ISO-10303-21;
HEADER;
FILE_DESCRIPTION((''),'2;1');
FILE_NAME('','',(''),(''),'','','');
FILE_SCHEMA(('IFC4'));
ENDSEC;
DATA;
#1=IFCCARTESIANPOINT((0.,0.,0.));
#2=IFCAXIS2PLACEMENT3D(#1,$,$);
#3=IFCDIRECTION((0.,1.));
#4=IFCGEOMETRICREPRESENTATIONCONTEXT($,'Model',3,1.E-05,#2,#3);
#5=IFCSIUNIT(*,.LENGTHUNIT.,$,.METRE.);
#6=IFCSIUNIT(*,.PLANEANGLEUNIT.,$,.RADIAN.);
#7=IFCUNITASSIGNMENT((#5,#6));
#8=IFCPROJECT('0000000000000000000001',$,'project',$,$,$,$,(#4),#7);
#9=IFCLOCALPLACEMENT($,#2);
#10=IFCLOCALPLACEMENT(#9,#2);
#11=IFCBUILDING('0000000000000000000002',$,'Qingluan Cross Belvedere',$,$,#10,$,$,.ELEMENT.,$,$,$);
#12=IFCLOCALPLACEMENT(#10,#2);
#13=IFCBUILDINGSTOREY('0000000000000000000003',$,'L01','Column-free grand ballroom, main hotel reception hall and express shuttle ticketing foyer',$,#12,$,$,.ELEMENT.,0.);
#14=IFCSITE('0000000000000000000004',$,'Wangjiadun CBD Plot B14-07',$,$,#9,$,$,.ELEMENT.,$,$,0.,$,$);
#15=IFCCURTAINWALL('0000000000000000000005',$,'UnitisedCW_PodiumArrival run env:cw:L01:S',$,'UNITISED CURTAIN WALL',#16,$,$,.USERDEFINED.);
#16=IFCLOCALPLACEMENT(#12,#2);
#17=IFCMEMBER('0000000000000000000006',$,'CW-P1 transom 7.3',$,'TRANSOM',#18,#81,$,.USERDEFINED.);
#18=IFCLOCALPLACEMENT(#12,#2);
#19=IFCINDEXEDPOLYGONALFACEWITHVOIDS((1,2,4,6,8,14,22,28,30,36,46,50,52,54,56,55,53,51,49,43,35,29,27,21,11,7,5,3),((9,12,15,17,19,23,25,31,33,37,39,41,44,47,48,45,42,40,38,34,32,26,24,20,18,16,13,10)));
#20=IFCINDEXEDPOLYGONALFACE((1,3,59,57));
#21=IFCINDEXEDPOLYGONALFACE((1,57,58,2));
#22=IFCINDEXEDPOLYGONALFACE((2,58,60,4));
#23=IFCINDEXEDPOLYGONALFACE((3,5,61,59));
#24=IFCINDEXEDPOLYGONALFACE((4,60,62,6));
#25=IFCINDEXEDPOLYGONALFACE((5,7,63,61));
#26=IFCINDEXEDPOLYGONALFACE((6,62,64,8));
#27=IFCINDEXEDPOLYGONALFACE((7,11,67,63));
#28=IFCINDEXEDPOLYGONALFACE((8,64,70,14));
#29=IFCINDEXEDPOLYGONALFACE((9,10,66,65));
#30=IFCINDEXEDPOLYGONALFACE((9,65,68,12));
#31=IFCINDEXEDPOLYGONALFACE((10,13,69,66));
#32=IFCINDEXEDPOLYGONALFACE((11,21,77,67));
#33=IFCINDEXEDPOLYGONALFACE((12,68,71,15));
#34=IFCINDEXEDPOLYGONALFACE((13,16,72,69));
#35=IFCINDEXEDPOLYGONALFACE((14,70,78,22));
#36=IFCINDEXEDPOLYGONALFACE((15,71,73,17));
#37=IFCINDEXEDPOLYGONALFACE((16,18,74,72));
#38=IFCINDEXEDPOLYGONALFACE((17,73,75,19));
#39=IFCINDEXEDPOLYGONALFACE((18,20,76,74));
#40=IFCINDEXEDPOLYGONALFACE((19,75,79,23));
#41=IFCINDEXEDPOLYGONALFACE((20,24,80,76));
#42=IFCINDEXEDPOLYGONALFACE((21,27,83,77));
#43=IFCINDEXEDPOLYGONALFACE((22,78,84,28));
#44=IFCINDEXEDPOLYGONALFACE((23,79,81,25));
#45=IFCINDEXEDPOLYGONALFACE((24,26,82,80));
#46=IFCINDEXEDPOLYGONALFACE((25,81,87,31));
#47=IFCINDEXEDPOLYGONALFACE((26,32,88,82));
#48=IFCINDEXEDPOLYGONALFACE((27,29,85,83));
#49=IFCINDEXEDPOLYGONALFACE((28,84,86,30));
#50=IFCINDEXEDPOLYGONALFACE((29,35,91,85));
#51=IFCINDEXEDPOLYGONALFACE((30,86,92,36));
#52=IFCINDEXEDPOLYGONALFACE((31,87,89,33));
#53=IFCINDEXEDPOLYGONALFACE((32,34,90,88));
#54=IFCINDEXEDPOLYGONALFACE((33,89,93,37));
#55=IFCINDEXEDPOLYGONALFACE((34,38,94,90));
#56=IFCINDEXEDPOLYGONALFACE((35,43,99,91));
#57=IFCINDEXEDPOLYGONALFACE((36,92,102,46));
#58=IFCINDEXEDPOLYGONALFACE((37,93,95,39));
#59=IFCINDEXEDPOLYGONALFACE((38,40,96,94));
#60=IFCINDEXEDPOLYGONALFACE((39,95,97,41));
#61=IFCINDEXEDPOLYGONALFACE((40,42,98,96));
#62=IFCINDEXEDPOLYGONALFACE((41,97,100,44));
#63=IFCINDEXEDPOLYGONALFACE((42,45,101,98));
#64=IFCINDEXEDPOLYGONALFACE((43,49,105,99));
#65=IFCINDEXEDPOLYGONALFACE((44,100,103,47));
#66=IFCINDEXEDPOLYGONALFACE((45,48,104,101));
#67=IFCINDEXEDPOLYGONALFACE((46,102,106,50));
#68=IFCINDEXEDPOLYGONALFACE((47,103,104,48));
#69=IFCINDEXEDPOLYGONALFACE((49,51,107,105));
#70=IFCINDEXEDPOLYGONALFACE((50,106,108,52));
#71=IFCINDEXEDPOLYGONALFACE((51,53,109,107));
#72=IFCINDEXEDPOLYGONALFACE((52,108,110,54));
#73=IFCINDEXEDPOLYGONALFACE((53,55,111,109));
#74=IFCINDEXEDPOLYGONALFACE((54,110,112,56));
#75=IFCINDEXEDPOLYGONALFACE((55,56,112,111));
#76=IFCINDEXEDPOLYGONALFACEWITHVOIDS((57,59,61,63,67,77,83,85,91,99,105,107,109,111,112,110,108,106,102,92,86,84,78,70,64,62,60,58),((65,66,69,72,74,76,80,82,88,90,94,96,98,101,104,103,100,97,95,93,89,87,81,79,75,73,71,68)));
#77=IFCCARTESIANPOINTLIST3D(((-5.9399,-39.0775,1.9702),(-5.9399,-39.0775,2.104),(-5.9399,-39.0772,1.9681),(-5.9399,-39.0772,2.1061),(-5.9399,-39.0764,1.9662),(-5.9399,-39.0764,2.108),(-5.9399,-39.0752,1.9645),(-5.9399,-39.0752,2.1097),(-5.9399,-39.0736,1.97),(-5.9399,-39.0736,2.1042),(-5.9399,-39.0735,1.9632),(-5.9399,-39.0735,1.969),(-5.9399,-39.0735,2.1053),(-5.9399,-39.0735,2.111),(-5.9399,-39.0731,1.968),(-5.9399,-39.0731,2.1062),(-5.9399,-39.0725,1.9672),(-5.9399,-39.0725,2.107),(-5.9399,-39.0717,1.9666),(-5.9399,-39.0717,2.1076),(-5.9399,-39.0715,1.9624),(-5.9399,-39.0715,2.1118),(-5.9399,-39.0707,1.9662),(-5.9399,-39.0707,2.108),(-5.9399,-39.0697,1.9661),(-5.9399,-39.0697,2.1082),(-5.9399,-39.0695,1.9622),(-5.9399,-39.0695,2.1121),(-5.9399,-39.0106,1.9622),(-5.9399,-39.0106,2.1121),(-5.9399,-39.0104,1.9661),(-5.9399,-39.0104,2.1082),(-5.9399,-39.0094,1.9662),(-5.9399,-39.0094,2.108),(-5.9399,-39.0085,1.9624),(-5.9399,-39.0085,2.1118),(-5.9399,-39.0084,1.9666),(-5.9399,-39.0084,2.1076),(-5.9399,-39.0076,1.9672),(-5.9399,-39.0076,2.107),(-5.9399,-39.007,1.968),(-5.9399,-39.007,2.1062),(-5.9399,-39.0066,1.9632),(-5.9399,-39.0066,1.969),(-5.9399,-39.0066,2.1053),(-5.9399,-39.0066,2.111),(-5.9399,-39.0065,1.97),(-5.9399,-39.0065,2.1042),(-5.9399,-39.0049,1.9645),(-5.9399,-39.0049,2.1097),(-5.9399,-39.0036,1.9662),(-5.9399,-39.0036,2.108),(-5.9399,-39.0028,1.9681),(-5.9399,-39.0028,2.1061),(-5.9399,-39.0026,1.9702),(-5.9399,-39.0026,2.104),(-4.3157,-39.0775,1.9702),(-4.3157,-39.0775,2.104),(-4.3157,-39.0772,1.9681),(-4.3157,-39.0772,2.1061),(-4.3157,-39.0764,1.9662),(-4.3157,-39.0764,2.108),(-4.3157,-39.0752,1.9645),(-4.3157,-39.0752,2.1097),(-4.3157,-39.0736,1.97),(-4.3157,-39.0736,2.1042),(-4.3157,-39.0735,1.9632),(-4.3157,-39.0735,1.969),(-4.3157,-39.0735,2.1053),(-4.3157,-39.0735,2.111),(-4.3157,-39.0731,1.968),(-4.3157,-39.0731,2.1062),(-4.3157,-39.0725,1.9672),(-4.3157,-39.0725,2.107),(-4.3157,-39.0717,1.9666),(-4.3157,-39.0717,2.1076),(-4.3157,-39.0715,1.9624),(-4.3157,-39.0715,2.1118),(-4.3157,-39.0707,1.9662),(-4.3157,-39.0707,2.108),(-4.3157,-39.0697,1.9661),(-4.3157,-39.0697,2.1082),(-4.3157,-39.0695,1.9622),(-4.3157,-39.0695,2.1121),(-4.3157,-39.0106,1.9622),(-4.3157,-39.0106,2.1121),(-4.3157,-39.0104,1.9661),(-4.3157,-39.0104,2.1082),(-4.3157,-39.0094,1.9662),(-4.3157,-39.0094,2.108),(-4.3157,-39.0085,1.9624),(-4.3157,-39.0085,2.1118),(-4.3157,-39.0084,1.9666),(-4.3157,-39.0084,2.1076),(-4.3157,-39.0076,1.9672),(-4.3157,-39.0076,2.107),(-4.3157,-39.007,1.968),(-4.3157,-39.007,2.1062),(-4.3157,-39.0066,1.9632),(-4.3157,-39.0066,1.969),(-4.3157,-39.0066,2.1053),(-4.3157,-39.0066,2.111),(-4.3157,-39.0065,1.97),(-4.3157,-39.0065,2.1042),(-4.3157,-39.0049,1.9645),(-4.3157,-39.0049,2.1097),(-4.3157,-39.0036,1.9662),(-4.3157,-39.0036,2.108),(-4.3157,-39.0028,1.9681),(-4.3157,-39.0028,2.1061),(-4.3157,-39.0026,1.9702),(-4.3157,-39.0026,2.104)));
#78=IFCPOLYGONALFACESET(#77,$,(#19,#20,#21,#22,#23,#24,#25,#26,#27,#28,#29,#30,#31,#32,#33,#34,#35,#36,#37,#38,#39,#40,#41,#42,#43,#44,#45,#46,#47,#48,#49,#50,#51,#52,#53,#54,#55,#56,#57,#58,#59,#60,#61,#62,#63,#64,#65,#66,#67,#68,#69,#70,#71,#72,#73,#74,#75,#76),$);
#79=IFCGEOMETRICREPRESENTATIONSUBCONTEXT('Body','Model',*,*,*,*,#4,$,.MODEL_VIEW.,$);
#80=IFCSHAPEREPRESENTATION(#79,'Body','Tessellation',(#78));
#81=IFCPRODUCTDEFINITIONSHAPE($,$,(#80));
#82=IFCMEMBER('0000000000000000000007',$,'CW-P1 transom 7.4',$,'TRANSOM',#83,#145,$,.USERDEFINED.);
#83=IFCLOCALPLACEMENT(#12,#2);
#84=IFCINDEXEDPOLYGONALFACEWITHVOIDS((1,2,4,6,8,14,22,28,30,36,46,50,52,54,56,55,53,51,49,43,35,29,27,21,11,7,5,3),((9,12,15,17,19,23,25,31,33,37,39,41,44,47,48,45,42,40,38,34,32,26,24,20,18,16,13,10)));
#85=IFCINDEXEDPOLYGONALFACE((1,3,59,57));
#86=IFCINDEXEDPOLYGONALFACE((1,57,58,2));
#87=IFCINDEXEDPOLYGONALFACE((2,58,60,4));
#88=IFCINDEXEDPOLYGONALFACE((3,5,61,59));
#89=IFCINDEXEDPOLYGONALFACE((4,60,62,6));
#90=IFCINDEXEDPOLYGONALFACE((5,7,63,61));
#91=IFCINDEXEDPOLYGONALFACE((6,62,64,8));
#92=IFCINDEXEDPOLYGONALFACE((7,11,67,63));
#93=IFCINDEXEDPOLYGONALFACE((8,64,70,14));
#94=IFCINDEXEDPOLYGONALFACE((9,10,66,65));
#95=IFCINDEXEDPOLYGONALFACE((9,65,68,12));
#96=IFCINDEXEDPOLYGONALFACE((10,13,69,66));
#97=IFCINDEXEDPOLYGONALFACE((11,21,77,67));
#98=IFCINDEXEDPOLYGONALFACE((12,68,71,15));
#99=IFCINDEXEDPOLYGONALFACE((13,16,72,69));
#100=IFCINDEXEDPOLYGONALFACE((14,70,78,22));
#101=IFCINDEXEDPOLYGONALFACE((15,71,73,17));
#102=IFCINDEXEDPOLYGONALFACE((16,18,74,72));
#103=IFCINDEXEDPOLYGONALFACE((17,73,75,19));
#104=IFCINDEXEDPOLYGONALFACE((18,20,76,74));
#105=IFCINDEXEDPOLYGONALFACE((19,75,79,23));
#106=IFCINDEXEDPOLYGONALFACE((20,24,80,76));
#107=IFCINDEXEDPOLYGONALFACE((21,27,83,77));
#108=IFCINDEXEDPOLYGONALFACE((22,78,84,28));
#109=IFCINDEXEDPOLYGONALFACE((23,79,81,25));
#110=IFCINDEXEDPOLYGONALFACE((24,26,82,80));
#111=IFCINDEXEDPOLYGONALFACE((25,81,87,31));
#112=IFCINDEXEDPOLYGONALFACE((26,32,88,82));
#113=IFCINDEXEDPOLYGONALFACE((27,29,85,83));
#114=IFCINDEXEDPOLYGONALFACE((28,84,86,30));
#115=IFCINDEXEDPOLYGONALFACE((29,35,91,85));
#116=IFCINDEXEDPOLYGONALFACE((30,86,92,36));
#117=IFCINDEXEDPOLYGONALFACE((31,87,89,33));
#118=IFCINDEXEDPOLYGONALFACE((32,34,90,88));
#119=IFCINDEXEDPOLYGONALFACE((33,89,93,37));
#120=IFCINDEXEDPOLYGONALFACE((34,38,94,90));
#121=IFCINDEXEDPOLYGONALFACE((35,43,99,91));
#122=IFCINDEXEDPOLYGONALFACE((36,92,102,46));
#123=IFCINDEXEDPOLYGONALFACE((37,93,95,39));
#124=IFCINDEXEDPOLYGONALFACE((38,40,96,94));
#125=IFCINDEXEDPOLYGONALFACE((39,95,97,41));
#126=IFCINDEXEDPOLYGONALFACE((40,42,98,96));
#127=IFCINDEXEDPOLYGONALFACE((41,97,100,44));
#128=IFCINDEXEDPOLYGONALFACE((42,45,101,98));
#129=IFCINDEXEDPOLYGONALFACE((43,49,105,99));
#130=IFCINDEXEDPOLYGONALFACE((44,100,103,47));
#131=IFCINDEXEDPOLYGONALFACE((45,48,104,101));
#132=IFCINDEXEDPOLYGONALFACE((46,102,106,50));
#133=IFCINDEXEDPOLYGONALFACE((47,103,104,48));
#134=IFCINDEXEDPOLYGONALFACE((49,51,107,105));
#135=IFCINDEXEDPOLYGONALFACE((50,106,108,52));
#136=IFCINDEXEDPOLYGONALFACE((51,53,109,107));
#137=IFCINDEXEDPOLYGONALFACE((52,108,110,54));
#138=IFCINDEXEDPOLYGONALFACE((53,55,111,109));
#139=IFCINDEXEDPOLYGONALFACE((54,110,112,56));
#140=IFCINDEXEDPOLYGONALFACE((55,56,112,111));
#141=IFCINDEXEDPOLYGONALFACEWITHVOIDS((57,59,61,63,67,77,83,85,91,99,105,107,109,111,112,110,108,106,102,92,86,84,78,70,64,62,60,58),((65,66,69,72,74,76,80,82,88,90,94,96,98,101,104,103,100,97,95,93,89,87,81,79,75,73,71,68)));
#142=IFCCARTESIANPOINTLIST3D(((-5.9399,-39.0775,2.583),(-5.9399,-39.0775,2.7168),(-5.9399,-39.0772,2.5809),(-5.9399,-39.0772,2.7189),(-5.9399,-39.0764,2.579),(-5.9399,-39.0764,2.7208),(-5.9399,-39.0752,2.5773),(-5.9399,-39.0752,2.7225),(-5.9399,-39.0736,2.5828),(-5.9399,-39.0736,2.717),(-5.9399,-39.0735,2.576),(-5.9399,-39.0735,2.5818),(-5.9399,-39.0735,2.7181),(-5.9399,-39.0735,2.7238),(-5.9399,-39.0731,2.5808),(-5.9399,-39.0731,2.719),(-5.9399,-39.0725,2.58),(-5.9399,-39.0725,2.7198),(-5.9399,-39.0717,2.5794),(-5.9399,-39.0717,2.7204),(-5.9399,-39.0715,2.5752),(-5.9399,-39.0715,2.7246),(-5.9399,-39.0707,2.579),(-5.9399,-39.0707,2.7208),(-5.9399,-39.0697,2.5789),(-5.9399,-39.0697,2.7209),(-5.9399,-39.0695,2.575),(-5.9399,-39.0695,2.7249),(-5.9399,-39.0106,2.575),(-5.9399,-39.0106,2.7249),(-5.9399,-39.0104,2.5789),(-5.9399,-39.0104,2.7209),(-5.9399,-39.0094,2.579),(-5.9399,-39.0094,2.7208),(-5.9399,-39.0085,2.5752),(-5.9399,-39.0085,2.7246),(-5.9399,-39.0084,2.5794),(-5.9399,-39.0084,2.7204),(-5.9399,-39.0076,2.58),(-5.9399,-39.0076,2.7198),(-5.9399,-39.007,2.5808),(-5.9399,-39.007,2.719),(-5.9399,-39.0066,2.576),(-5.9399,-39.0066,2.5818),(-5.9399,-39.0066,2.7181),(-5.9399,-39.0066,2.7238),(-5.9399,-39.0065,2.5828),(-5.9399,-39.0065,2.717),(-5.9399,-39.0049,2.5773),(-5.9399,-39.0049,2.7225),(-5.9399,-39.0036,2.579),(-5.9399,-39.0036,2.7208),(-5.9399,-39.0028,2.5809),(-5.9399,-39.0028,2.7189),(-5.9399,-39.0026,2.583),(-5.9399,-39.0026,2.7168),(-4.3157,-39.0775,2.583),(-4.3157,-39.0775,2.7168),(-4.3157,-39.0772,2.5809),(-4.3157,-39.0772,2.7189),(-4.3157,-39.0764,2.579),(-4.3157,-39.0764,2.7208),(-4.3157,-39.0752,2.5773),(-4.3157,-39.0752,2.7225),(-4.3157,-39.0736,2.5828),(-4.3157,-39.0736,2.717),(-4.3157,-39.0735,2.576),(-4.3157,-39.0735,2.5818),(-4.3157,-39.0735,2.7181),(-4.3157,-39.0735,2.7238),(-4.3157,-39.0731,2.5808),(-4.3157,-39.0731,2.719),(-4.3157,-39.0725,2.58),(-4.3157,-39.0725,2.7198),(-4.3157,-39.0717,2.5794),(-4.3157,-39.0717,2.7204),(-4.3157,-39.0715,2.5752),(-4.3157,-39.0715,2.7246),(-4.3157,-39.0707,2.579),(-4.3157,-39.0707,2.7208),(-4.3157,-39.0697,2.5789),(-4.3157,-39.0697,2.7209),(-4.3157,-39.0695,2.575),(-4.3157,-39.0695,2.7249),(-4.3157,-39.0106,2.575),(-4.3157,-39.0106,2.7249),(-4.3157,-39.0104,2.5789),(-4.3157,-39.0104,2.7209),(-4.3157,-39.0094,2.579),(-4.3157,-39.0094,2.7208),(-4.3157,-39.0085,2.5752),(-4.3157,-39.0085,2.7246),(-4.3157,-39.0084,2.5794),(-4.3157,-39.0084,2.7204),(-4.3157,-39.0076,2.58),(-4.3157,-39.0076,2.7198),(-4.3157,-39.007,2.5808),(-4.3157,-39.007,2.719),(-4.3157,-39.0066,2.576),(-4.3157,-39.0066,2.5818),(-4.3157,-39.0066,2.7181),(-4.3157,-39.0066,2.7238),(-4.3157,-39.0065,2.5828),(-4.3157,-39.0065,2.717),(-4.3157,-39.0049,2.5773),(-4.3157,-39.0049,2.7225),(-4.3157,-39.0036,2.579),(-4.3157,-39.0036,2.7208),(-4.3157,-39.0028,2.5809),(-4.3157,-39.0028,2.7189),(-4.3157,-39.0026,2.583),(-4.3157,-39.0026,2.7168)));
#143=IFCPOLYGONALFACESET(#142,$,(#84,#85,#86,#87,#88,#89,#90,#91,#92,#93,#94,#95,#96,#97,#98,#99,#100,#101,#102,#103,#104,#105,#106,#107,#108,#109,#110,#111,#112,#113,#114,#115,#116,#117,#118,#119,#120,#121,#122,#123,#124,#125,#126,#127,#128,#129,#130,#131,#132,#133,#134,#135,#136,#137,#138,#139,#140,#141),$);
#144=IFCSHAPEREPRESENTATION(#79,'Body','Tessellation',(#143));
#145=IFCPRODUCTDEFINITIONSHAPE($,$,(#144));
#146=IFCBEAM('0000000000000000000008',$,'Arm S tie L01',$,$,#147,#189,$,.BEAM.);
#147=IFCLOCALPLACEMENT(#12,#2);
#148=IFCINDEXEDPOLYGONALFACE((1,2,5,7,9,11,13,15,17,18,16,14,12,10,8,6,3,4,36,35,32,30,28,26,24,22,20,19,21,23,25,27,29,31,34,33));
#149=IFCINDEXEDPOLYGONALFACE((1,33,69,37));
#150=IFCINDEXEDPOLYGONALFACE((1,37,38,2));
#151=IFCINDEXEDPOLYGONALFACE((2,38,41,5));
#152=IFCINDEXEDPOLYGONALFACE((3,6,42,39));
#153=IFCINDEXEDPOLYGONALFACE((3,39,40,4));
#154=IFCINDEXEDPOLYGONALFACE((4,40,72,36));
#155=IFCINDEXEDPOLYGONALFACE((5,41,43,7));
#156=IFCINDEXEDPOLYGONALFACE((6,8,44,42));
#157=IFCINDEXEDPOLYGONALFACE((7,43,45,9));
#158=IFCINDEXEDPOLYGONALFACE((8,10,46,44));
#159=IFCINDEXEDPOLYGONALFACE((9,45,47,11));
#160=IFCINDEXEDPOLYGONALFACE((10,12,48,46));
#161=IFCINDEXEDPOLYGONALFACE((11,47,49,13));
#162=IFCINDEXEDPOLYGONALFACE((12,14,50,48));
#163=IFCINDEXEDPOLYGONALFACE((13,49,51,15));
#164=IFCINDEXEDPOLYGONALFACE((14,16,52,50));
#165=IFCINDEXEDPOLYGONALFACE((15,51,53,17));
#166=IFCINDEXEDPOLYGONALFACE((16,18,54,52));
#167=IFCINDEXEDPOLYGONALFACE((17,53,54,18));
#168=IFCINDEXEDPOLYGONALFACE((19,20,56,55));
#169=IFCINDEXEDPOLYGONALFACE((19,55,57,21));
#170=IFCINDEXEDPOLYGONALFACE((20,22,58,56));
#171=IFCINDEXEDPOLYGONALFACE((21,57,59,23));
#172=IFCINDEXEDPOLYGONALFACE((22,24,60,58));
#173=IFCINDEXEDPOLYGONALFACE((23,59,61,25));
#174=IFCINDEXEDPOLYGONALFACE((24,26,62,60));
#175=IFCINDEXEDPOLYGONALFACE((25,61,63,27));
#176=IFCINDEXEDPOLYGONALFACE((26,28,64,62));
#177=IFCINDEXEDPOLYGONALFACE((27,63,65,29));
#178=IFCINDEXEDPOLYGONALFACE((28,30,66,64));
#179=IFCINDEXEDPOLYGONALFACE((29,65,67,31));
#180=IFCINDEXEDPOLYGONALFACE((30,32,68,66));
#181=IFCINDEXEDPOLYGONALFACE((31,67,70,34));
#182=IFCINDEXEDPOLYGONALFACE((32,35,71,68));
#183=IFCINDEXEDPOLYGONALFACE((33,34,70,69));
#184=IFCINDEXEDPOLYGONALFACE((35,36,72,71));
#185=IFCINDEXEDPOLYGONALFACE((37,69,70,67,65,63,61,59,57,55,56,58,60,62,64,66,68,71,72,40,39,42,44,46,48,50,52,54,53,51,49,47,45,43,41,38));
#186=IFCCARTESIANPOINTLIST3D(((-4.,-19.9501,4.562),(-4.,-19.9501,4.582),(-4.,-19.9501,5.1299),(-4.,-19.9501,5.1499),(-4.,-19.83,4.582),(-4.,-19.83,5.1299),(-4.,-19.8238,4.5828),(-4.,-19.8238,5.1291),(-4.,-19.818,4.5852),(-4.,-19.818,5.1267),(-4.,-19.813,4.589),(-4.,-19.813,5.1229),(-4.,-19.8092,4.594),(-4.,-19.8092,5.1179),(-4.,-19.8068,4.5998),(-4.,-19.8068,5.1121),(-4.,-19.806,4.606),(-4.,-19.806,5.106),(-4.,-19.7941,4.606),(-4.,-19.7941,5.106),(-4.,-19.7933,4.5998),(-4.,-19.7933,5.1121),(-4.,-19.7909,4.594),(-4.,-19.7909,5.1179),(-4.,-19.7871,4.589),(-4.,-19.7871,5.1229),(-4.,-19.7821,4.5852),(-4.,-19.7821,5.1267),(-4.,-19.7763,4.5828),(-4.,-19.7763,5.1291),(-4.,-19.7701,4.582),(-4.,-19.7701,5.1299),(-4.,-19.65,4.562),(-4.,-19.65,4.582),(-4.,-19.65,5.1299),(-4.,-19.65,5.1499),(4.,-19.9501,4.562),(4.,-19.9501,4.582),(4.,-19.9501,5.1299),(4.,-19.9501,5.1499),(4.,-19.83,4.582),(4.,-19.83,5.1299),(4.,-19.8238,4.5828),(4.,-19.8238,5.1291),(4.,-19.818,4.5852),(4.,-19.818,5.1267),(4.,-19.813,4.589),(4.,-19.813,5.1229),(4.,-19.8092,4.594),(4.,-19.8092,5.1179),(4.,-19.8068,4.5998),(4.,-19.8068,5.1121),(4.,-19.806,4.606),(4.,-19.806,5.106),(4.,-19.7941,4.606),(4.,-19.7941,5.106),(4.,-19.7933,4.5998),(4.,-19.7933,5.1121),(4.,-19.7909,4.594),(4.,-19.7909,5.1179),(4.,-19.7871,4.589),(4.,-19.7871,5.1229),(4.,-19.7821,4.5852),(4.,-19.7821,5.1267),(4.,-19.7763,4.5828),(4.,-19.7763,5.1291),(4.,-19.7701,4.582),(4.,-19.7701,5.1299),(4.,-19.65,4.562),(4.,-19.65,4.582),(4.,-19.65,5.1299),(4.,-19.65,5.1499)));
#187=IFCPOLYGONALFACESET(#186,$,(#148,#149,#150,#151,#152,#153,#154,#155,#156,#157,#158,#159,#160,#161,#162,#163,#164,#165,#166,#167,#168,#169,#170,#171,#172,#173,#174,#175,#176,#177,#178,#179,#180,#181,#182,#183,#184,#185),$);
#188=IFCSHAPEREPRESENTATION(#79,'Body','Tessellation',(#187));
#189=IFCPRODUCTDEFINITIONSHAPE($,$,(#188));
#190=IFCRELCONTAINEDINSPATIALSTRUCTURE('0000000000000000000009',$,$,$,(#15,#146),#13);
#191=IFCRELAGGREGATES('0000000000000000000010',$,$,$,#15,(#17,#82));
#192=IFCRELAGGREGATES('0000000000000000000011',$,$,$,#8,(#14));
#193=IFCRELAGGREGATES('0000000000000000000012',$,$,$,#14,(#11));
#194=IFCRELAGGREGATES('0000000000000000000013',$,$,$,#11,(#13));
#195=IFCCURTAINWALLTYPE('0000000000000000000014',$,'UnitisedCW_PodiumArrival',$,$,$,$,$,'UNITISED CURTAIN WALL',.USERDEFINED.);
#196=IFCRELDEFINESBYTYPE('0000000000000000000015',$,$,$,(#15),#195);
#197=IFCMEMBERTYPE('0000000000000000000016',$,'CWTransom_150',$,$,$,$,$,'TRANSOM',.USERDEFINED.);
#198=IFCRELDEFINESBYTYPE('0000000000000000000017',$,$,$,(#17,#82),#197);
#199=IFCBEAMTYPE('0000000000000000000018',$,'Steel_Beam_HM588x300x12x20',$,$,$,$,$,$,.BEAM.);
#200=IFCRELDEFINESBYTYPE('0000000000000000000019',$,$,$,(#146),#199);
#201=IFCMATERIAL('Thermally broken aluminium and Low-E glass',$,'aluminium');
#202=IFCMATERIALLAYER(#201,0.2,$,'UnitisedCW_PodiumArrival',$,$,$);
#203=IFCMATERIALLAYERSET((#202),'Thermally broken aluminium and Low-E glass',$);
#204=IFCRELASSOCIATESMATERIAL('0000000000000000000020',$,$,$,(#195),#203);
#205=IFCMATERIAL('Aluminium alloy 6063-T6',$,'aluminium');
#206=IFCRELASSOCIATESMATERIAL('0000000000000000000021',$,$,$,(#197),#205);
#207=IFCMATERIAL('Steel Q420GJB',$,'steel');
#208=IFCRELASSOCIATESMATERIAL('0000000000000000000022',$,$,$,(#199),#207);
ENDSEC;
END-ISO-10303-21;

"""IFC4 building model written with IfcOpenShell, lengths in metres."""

from ifc_helpers import new_model, si_unit, direction, frame, origin, origin_2d, place, context, subcontext, project, spatial, hollow_rectangle, i_section, extrude, material, layer, layer_set, material_profile, profile_set, type_object, element, aggregate, save


model = new_model("IFC4")

# Units and contexts
model_context = context("Model", 3, precision=1e-05, world=origin(), true_north=direction((0.0, 1.0)))
body_context = subcontext(model_context, "Body", "Model", "MODEL_VIEW")
ifc_project = project(units=[si_unit("LENGTHUNIT", "METRE"), si_unit("PLANEANGLEUNIT", "RADIAN")], contexts=[model_context])

# Site, building, storey
site_placement = place(None, origin())
site = spatial("IfcSite", under=ifc_project, at=site_placement, Name="Wangjiadun CBD Plot B14-07", CompositionType="ELEMENT", RefElevation=0.0)
building_placement = place(site_placement, origin())
building = spatial("IfcBuilding", under=site, at=building_placement, Name="Qingluan Cross Belvedere", CompositionType="ELEMENT")
storey_placement = place(building_placement, origin())
storey = spatial("IfcBuildingStorey", under=building, at=storey_placement, Name="L01", Description="Column-free grand ballroom, main hotel reception hall and express shuttle ticketing foyer", CompositionType="ELEMENT", Elevation=0.0)

# Curtain wall, members
ifc_material_1 = material(Name="Thermally broken aluminium and Low-E glass", Category="aluminium")
ifc_layer_1 = layer(ifc_material_1, 0.2, Name="UnitisedCW_PodiumArrival")
ifc_layer_set_1 = layer_set([ifc_layer_1], Name="Thermally broken aluminium and Low-E glass")
curtain_wall_type = type_object("IfcCurtainWallType", Name="UnitisedCW_PodiumArrival", ElementType="UNITISED CURTAIN WALL", PredefinedType="USERDEFINED", material=ifc_layer_set_1)
curtain_wall_placement = place(storey_placement, origin())
curtain_wall = element("IfcCurtainWall", 1, at=curtain_wall_placement, inside=storey, type_object=curtain_wall_type, Name="UnitisedCW_PodiumArrival run env:cw:L01:S", ObjectType="UNITISED CURTAIN WALL", PredefinedType="USERDEFINED")
ifc_material_2 = material(Name="Aluminium alloy 6063-T6", Category="aluminium")
ifc_material_profile_1 = material_profile(ifc_material_2, hollow_rectangle(XDim=0.075, YDim=0.1499, WallThickness=0.0039, InnerFilletRadius=0.0039, OuterFilletRadius=0.0081, at=origin_2d()), Name="CWT150x75x4")
ifc_profile_set_1 = profile_set([ifc_material_profile_1], Name="Aluminium alloy 6063-T6")
member_type_1 = type_object("IfcMemberType", Name="CWTransom_150", ElementType="TRANSOM", PredefinedType="USERDEFINED", material=ifc_profile_set_1)
member_1_placement = place(storey_placement, frame((-4.3157, -39.04, 2.0371), z_axis=(-1.0, 0.0, 0.0), x_axis=(0.0, -1.0, 0.0)))
member_1 = element("IfcMember", 2, at=member_1_placement, type_object=member_type_1, Name="CW-P1 transom 7.3", ObjectType="TRANSOM", PredefinedType="USERDEFINED", context=body_context, shape_type="SweptSolid", body=[
    extrude(hollow_rectangle(XDim=0.075, YDim=0.1499, WallThickness=0.0039, InnerFilletRadius=0.0039, OuterFilletRadius=0.0081, at=origin_2d()), origin(), (0.0, 0.0, 1.0), 1.6243),
])
member_2_placement = place(storey_placement, frame((-4.3157, -39.04, 2.6499), z_axis=(-1.0, 0.0, 0.0), x_axis=(0.0, -1.0, 0.0)))
member_2 = element("IfcMember", 3, at=member_2_placement, type_object=member_type_1, Name="CW-P1 transom 7.4", ObjectType="TRANSOM", PredefinedType="USERDEFINED", context=body_context, shape_type="SweptSolid", body=[
    extrude(hollow_rectangle(XDim=0.075, YDim=0.1499, WallThickness=0.0039, InnerFilletRadius=0.0039, OuterFilletRadius=0.0081, at=origin_2d()), origin(), (0.0, 0.0, 1.0), 1.6243),
])

# Beam
ifc_material_3 = material(Name="Steel Q420GJB", Category="steel")
ifc_material_profile_2 = material_profile(ifc_material_3, i_section(OverallWidth=0.3, OverallDepth=0.5879, WebThickness=0.012, FlangeThickness=0.02, FilletRadius=0.0239, at=origin_2d()), Name="HM588x300x12x20")
ifc_profile_set_2 = profile_set([ifc_material_profile_2], Name="Steel Q420GJB")
beam_type_1 = type_object("IfcBeamType", Name="Steel_Beam_HM588x300x12x20", PredefinedType="BEAM", material=ifc_profile_set_2)
for number, where, z_axis, x_axis, name in (
    (4, (-4.0, -19.8, 4.856), (1.0, 0.0, 0.0), (0.0, 1.0, 0.0), "Arm S tie L01"),
):
    element("IfcBeam", number, at=place(storey_placement, frame(where, z_axis=z_axis, x_axis=x_axis)), inside=storey, type_object=beam_type_1, Name=name, PredefinedType="BEAM", context=body_context, shape_type="SweptSolid", body=[
        extrude(i_section(OverallWidth=0.3, OverallDepth=0.5879, WebThickness=0.012, FlangeThickness=0.02, FilletRadius=0.0239, at=origin_2d()), origin(), (0.0, 0.0, 1.0), 8.0),
    ])

aggregate(curtain_wall, [member_1, member_2])

save(model, "model.ifc")
